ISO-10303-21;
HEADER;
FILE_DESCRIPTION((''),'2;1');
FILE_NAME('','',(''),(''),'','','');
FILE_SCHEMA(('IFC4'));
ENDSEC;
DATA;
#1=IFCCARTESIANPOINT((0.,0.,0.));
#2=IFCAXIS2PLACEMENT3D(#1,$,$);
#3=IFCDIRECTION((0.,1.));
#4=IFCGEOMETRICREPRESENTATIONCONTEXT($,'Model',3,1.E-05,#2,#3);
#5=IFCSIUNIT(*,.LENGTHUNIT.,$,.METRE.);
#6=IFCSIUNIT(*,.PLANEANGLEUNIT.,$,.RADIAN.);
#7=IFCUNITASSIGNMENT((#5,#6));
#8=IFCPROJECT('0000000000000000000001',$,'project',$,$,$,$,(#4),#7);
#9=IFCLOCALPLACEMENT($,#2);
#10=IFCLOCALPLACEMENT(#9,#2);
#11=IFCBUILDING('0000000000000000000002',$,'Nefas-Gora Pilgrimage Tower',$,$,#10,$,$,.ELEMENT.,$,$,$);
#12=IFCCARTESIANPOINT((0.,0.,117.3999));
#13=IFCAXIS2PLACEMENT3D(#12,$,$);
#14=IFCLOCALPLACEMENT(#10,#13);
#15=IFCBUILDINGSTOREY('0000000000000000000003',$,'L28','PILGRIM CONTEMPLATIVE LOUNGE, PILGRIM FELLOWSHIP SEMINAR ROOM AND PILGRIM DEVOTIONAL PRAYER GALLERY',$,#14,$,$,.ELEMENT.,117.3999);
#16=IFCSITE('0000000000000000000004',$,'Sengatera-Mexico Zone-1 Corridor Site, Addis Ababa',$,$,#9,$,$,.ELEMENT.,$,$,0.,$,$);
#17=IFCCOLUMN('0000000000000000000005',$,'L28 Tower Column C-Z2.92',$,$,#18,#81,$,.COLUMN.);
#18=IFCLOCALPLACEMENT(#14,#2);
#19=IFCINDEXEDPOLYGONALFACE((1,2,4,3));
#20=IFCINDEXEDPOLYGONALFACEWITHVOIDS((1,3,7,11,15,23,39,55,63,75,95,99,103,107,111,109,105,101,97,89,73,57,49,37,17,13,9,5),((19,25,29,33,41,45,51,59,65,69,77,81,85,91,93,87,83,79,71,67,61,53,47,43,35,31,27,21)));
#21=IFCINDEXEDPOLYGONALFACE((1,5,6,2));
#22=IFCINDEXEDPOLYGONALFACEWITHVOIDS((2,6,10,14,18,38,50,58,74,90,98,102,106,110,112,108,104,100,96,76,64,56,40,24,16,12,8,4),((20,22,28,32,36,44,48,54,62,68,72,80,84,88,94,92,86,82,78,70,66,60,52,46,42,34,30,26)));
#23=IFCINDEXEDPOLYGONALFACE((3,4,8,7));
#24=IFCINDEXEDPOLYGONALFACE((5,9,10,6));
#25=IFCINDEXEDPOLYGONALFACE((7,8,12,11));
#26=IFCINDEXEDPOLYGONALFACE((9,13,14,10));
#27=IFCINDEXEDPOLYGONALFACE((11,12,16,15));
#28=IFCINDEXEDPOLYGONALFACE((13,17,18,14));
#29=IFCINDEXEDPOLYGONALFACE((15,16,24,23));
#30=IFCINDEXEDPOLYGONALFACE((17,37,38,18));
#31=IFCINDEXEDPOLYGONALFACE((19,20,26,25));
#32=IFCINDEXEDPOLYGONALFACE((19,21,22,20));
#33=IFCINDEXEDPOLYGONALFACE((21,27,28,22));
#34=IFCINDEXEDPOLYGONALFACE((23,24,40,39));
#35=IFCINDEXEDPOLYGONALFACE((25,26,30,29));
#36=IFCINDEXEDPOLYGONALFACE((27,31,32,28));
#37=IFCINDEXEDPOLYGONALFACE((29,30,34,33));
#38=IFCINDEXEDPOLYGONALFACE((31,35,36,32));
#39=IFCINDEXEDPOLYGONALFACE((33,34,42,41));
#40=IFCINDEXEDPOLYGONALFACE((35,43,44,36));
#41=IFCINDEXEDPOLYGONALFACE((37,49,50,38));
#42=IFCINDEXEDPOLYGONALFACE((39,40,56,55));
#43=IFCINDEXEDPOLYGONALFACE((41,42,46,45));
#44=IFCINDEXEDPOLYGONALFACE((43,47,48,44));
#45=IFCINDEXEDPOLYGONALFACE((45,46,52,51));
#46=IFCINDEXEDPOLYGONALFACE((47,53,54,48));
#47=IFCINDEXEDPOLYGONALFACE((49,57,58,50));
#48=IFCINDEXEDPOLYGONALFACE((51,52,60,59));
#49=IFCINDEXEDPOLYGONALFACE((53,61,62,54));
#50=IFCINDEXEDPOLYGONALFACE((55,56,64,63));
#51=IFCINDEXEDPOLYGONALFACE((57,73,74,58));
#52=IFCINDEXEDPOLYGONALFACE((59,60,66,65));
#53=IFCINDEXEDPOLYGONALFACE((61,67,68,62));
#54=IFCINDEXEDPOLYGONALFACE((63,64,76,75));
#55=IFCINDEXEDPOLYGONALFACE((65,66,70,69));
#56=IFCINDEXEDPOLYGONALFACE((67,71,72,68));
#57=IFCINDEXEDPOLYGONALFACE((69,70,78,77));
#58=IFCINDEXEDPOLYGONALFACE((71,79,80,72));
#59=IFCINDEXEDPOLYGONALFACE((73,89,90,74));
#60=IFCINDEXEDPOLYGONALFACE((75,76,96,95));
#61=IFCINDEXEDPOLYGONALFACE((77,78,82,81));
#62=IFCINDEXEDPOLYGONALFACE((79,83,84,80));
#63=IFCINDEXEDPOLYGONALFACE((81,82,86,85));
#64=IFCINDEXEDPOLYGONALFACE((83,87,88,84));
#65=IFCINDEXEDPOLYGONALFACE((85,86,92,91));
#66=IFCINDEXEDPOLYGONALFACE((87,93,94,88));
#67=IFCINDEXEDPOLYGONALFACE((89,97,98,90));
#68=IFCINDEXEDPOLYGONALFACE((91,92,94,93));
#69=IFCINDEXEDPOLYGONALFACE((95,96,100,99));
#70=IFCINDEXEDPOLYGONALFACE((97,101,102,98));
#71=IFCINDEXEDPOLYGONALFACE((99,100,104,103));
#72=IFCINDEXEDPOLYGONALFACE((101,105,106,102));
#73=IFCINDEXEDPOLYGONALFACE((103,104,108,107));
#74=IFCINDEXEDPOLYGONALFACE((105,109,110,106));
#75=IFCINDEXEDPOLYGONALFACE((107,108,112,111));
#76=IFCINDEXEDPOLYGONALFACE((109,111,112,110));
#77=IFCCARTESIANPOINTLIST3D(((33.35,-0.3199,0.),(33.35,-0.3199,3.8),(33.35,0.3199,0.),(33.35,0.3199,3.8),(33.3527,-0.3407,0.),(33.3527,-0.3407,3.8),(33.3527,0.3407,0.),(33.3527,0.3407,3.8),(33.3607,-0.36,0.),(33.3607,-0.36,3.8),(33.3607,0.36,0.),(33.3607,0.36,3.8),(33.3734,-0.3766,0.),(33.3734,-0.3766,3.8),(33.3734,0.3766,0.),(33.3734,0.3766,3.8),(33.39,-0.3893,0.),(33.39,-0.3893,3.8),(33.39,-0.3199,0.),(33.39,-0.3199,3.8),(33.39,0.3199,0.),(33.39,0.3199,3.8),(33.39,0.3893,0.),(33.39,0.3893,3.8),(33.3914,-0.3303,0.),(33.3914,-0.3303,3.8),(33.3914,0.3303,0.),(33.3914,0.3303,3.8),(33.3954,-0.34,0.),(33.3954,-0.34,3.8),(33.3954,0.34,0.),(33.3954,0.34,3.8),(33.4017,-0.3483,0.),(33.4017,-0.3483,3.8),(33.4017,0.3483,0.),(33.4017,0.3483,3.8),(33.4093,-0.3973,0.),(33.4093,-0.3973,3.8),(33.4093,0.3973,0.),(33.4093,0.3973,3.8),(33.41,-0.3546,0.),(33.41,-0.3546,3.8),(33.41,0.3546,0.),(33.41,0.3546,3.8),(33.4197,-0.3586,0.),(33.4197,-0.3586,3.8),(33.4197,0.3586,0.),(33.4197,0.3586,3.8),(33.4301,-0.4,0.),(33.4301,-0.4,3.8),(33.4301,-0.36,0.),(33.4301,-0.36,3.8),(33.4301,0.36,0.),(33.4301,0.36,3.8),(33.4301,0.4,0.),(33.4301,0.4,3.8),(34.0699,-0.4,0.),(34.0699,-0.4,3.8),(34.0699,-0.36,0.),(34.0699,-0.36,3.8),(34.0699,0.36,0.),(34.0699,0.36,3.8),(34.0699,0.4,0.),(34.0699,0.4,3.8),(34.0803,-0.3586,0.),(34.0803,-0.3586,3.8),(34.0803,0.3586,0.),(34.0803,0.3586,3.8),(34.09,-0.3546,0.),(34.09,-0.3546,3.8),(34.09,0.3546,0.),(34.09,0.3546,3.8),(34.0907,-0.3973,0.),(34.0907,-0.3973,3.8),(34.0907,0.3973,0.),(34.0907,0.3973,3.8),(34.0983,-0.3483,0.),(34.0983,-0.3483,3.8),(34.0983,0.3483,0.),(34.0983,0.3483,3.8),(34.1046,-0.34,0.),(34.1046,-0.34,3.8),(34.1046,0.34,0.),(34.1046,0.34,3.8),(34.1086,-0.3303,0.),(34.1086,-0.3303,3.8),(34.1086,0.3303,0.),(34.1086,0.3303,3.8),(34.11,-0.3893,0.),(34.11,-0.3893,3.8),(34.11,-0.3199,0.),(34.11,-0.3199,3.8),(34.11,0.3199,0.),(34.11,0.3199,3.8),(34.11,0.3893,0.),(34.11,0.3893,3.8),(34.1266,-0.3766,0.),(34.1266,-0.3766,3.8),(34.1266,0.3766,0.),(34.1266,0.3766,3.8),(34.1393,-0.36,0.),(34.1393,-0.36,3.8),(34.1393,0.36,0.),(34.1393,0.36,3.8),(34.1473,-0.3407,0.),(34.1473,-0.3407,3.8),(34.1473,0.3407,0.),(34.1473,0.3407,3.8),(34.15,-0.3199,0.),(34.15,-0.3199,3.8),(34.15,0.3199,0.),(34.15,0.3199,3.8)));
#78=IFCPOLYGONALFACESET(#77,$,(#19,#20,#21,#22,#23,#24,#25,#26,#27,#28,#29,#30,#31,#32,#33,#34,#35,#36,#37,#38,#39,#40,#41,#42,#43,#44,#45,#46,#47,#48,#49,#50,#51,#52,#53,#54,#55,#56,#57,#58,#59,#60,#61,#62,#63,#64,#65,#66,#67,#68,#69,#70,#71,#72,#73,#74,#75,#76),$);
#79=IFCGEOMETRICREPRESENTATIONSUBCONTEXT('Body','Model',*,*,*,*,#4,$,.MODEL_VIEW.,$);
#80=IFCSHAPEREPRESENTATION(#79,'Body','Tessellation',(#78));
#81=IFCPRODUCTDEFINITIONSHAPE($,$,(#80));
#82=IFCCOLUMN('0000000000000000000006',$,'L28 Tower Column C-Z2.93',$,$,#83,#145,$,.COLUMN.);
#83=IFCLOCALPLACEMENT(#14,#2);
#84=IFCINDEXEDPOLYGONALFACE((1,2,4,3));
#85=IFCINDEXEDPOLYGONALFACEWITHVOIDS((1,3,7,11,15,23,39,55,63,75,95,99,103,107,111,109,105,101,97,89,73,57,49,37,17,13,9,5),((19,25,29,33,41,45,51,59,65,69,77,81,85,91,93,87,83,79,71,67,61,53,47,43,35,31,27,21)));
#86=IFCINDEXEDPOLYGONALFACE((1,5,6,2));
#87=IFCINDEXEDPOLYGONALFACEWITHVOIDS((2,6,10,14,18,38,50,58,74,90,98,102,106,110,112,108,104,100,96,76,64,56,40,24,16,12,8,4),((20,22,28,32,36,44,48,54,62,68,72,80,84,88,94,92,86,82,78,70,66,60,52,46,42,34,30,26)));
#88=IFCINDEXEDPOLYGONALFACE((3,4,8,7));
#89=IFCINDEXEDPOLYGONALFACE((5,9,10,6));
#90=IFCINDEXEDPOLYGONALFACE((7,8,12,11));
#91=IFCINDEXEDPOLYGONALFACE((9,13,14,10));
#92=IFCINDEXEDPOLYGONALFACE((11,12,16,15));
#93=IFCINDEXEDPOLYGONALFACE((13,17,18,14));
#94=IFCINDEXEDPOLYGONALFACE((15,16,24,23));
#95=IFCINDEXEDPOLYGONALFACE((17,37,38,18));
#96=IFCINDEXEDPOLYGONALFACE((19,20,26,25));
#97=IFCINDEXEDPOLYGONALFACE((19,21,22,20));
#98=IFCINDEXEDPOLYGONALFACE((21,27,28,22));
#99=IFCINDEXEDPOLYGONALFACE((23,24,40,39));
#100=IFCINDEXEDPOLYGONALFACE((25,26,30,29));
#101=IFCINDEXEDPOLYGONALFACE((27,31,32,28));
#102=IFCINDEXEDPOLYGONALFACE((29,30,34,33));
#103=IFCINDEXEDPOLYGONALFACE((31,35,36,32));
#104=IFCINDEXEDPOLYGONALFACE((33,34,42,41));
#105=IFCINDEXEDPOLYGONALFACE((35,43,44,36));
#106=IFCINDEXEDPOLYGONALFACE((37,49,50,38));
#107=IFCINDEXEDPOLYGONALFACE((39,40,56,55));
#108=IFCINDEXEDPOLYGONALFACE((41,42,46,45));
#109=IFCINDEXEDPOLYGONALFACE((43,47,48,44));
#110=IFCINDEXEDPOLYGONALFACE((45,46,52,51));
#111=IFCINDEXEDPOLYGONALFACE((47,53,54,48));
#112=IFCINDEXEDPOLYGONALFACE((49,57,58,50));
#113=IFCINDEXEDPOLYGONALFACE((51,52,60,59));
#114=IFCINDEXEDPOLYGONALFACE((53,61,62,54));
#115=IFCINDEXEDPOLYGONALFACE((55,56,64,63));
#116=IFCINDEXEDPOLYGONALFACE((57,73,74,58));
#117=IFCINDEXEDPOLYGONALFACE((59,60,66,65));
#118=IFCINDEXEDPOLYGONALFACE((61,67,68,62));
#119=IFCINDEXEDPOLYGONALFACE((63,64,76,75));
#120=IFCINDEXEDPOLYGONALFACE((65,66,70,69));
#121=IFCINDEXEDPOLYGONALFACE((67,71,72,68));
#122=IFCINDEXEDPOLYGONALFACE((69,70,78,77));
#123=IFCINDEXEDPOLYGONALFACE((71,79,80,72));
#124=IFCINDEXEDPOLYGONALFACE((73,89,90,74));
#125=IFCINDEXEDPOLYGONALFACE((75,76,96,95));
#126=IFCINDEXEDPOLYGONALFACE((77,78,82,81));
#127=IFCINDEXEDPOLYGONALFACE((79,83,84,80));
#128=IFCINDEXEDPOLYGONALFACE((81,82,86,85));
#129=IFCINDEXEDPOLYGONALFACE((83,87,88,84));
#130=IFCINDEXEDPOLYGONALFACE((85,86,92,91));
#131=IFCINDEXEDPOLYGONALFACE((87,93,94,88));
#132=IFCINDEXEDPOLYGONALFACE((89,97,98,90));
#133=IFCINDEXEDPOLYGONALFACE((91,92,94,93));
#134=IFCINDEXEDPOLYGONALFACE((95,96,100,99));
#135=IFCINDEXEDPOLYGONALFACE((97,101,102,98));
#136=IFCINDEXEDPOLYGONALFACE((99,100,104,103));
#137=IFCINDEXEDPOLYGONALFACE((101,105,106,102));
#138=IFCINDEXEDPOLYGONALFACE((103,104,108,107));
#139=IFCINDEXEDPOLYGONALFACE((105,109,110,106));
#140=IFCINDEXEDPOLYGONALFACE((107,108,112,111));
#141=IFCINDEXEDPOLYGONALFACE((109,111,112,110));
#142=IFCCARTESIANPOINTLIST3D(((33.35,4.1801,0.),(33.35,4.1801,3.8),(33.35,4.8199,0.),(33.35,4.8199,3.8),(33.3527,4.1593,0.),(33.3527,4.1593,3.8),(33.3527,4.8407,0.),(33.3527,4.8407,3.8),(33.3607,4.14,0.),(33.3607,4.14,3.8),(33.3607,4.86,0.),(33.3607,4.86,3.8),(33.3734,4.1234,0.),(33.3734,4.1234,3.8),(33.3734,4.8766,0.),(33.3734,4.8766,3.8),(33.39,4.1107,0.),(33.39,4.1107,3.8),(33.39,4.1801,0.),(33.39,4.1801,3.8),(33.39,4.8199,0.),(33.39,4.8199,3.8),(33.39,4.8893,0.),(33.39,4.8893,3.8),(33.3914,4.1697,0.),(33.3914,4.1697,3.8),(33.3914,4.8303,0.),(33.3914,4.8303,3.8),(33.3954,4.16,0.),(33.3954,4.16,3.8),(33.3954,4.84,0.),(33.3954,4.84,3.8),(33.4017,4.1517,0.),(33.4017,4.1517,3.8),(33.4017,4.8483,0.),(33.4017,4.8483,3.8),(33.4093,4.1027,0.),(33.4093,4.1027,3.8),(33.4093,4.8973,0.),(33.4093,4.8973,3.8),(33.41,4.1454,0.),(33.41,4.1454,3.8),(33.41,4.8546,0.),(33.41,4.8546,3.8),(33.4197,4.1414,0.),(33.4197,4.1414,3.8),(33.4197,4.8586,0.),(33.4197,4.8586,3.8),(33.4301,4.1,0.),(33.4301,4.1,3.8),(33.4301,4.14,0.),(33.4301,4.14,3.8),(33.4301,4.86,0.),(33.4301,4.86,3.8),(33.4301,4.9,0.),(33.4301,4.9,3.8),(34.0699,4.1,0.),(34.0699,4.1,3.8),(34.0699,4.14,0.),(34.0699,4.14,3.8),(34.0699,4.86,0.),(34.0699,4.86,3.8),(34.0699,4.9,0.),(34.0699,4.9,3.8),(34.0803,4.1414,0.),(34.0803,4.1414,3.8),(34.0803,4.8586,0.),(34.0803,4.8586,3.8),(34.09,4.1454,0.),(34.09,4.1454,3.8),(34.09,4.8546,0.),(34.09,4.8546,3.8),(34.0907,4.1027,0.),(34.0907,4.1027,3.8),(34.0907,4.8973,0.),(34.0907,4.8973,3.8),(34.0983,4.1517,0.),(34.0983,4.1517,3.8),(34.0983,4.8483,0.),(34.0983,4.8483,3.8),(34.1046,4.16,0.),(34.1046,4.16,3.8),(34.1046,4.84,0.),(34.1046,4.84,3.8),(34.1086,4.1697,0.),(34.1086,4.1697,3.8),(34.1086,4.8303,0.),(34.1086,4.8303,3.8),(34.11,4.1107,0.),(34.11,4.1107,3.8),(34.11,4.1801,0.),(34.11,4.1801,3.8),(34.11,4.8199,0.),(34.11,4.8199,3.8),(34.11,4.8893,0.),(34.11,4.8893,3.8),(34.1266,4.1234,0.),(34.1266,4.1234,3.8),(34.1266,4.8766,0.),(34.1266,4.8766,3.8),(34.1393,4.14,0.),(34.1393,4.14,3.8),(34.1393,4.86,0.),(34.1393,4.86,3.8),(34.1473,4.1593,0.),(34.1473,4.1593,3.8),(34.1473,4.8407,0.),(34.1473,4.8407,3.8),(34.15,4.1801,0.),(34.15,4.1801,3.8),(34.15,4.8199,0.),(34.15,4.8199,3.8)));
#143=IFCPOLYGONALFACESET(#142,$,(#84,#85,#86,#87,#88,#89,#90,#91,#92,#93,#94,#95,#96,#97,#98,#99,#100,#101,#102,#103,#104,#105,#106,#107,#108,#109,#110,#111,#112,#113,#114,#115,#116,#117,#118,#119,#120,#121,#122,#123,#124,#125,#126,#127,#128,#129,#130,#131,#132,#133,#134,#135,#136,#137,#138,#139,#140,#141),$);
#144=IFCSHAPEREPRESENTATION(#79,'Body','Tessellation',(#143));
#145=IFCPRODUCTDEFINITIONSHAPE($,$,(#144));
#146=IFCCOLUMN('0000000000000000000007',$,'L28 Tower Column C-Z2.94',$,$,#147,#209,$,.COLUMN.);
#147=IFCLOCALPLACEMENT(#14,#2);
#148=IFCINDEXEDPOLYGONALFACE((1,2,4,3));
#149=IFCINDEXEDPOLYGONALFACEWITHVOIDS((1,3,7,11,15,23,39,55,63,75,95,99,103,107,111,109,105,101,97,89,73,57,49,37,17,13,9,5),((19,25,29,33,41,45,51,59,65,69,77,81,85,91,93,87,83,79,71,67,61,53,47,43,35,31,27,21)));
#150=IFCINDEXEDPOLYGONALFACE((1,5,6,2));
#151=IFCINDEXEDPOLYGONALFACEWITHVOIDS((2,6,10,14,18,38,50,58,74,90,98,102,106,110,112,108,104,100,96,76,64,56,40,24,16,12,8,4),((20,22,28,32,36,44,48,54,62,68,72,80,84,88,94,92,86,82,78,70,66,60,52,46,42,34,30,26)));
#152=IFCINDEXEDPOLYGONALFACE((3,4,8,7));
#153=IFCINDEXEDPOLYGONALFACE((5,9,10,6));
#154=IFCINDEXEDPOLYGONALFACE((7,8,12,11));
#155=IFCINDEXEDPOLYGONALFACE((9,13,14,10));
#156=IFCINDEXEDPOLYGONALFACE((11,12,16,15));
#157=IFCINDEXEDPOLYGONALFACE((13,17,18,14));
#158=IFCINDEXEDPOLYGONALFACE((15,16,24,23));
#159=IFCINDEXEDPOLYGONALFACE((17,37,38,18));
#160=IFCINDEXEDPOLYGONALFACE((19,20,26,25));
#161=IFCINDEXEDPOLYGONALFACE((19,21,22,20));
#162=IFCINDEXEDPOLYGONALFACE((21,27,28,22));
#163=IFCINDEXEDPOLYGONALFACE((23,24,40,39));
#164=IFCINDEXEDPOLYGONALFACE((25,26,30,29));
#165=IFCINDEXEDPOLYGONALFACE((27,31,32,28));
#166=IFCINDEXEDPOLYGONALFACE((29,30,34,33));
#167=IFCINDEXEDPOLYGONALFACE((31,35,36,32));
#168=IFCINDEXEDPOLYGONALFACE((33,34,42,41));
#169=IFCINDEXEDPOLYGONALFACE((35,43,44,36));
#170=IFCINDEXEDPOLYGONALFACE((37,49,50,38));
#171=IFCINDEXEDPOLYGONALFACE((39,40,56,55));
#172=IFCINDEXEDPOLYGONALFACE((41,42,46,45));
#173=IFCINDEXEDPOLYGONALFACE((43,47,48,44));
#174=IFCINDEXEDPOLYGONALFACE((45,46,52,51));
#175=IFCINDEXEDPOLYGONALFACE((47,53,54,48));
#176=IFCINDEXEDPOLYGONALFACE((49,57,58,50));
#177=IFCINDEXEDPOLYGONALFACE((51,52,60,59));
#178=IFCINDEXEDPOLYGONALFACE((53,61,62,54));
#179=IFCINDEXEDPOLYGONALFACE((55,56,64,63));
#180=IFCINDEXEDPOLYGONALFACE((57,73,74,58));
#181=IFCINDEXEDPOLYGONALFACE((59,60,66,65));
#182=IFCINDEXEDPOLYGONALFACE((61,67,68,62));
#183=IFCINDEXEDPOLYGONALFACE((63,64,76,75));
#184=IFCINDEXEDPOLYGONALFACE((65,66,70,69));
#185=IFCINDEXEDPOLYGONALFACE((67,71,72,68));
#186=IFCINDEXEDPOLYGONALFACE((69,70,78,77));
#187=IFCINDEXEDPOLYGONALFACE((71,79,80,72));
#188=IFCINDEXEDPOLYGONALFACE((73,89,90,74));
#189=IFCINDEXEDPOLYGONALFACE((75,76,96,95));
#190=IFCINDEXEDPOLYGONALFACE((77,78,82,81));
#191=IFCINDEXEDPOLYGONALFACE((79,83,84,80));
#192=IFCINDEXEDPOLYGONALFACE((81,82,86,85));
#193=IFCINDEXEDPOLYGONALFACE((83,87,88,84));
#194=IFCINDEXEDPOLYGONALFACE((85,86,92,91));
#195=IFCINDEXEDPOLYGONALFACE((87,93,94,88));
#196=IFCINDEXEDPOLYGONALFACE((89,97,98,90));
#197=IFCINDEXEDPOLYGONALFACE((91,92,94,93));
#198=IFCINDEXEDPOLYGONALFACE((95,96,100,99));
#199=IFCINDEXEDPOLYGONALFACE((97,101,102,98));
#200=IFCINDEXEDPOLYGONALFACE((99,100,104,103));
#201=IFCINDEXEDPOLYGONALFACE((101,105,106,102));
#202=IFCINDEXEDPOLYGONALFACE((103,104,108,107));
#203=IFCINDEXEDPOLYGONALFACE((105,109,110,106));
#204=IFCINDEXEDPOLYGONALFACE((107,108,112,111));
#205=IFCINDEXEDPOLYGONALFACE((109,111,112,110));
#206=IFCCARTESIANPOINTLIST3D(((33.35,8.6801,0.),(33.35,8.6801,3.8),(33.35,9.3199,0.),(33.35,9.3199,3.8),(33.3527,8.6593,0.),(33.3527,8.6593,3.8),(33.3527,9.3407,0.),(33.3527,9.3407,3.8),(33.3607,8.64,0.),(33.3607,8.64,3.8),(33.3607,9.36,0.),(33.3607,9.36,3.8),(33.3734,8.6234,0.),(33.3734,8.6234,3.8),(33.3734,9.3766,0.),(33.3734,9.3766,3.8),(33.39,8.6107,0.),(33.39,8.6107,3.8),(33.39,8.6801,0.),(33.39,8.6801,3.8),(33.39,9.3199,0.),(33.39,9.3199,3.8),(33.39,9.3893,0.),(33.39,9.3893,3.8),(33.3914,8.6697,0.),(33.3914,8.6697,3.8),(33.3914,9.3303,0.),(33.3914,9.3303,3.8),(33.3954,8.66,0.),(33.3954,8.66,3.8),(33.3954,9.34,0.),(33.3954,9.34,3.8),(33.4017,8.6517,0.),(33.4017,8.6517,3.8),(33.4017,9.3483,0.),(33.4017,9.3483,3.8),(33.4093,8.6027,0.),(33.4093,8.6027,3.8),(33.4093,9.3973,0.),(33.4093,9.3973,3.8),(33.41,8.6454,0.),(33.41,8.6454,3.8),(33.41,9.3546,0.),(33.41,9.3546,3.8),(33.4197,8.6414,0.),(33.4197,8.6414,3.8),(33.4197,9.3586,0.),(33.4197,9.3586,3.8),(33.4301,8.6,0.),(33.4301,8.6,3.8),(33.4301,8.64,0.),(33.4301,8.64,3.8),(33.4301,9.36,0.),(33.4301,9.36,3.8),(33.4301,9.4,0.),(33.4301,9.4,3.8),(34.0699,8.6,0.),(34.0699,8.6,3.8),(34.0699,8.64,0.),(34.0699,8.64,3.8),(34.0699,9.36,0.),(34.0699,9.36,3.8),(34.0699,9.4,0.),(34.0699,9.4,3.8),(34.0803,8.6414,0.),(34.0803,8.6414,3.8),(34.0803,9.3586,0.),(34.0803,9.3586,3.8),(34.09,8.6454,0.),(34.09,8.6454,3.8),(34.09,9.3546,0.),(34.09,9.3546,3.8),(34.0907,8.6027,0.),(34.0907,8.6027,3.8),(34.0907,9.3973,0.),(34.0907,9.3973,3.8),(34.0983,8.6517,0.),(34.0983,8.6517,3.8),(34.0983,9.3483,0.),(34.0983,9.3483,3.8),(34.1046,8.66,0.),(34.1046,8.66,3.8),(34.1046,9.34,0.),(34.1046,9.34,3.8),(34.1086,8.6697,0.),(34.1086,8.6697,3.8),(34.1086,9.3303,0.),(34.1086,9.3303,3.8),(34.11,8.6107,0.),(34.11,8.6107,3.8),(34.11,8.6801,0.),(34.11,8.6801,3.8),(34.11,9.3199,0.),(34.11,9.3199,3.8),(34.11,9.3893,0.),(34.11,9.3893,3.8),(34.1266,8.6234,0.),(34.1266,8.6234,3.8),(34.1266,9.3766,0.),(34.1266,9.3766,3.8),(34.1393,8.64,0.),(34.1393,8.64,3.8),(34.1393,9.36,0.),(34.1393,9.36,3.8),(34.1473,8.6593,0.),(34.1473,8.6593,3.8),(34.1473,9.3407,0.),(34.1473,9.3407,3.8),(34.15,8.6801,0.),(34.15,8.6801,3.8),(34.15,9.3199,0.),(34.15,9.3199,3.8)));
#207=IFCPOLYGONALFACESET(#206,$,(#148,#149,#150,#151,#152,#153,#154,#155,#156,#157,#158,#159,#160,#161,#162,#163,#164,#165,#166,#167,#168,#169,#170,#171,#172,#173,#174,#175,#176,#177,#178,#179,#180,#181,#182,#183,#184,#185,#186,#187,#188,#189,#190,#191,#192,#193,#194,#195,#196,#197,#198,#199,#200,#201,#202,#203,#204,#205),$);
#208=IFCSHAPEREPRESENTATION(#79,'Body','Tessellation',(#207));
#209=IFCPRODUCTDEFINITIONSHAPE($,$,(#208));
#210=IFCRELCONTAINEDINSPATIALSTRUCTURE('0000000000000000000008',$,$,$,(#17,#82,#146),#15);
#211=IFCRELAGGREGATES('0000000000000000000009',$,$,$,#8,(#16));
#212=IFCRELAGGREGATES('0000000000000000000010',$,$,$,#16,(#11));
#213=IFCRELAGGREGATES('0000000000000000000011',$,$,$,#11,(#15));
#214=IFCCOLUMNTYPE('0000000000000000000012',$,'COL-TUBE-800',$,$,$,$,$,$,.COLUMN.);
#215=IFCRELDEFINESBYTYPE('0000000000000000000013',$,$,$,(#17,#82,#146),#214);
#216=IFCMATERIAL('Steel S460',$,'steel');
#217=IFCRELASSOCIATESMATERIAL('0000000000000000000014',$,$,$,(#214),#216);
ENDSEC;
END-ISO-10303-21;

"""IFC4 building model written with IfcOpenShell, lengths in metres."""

from ifc_helpers import new_model, si_unit, direction, frame, origin, origin_2d, place, context, subcontext, project, spatial, hollow_rectangle, extrude, source, transform, mapped, material, material_profile, profile_set, type_object, element, save


model = new_model("IFC4")

# Units and contexts
model_context = context("Model", 3, precision=1e-05, world=origin(), true_north=direction((0.0, 1.0)))
body_context = subcontext(model_context, "Body", "Model", "MODEL_VIEW")
ifc_project = project(units=[si_unit("LENGTHUNIT", "METRE"), si_unit("PLANEANGLEUNIT", "RADIAN")], contexts=[model_context])

# Site, building, storey
site_placement = place(None, origin())
site = spatial("IfcSite", under=ifc_project, at=site_placement, Name="Sengatera-Mexico Zone-1 Corridor Site, Addis Ababa", CompositionType="ELEMENT", RefElevation=0.0)
building_placement = place(site_placement, origin())
building = spatial("IfcBuilding", under=site, at=building_placement, Name="Nefas-Gora Pilgrimage Tower", CompositionType="ELEMENT")
storey_placement = place(building_placement, frame((0.0, 0.0, 117.3999)))
storey = spatial("IfcBuildingStorey", under=building, at=storey_placement, Name="L28", Description="PILGRIM CONTEMPLATIVE LOUNGE, PILGRIM FELLOWSHIP SEMINAR ROOM AND PILGRIM DEVOTIONAL PRAYER GALLERY", CompositionType="ELEMENT", Elevation=117.3999)

# Columns
ifc_material_1 = material(Name="Steel S460", Category="steel")
ifc_material_profile_1 = material_profile(ifc_material_1, hollow_rectangle(XDim=0.8, YDim=0.8, WallThickness=0.04, InnerFilletRadius=0.04, OuterFilletRadius=0.0801, at=origin_2d()), Name="BOX 800x800x40")
ifc_profile_set_1 = profile_set([ifc_material_profile_1], Name="Steel S460")
column_type_1 = type_object("IfcColumnType", Name="COL-TUBE-800", PredefinedType="COLUMN", material=ifc_profile_set_1)
shared_shape_1 = source(origin(), body_context, "Body", "SweptSolid", [
    extrude(hollow_rectangle(XDim=0.8, YDim=0.8, WallThickness=0.04, InnerFilletRadius=0.04, OuterFilletRadius=0.0801, at=origin_2d()), origin(), (0.0, 0.0, 1.0), 3.8),
])
for number, where, z_axis, x_axis, name in (
    (1, (33.75, 0.0, 0.0), (0.0, 0.0, 1.0), (1.0, 0.0, 0.0), "L28 Tower Column C-Z2.92"),
    (2, (33.75, 4.5, 0.0), (0.0, 0.0, 1.0), (1.0, 0.0, 0.0), "L28 Tower Column C-Z2.93"),
    (3, (33.75, 9.0, 0.0), (0.0, 0.0, 1.0), (1.0, 0.0, 0.0), "L28 Tower Column C-Z2.94"),
):
    element("IfcColumn", number, at=place(storey_placement, frame(where, z_axis=z_axis, x_axis=x_axis)), inside=storey, type_object=column_type_1, Name=name, PredefinedType="COLUMN", context=body_context, shape_type="MappedRepresentation", body=[
        mapped(shared_shape_1, transform((0.0, 0.0, 0.0), x_axis=(1.0, 0.0, 0.0), y_axis=(0.0, 1.0, 0.0), z_axis=(0.0, 0.0, 1.0), scale=1.0)),
    ])

save(model, "model.ifc")
